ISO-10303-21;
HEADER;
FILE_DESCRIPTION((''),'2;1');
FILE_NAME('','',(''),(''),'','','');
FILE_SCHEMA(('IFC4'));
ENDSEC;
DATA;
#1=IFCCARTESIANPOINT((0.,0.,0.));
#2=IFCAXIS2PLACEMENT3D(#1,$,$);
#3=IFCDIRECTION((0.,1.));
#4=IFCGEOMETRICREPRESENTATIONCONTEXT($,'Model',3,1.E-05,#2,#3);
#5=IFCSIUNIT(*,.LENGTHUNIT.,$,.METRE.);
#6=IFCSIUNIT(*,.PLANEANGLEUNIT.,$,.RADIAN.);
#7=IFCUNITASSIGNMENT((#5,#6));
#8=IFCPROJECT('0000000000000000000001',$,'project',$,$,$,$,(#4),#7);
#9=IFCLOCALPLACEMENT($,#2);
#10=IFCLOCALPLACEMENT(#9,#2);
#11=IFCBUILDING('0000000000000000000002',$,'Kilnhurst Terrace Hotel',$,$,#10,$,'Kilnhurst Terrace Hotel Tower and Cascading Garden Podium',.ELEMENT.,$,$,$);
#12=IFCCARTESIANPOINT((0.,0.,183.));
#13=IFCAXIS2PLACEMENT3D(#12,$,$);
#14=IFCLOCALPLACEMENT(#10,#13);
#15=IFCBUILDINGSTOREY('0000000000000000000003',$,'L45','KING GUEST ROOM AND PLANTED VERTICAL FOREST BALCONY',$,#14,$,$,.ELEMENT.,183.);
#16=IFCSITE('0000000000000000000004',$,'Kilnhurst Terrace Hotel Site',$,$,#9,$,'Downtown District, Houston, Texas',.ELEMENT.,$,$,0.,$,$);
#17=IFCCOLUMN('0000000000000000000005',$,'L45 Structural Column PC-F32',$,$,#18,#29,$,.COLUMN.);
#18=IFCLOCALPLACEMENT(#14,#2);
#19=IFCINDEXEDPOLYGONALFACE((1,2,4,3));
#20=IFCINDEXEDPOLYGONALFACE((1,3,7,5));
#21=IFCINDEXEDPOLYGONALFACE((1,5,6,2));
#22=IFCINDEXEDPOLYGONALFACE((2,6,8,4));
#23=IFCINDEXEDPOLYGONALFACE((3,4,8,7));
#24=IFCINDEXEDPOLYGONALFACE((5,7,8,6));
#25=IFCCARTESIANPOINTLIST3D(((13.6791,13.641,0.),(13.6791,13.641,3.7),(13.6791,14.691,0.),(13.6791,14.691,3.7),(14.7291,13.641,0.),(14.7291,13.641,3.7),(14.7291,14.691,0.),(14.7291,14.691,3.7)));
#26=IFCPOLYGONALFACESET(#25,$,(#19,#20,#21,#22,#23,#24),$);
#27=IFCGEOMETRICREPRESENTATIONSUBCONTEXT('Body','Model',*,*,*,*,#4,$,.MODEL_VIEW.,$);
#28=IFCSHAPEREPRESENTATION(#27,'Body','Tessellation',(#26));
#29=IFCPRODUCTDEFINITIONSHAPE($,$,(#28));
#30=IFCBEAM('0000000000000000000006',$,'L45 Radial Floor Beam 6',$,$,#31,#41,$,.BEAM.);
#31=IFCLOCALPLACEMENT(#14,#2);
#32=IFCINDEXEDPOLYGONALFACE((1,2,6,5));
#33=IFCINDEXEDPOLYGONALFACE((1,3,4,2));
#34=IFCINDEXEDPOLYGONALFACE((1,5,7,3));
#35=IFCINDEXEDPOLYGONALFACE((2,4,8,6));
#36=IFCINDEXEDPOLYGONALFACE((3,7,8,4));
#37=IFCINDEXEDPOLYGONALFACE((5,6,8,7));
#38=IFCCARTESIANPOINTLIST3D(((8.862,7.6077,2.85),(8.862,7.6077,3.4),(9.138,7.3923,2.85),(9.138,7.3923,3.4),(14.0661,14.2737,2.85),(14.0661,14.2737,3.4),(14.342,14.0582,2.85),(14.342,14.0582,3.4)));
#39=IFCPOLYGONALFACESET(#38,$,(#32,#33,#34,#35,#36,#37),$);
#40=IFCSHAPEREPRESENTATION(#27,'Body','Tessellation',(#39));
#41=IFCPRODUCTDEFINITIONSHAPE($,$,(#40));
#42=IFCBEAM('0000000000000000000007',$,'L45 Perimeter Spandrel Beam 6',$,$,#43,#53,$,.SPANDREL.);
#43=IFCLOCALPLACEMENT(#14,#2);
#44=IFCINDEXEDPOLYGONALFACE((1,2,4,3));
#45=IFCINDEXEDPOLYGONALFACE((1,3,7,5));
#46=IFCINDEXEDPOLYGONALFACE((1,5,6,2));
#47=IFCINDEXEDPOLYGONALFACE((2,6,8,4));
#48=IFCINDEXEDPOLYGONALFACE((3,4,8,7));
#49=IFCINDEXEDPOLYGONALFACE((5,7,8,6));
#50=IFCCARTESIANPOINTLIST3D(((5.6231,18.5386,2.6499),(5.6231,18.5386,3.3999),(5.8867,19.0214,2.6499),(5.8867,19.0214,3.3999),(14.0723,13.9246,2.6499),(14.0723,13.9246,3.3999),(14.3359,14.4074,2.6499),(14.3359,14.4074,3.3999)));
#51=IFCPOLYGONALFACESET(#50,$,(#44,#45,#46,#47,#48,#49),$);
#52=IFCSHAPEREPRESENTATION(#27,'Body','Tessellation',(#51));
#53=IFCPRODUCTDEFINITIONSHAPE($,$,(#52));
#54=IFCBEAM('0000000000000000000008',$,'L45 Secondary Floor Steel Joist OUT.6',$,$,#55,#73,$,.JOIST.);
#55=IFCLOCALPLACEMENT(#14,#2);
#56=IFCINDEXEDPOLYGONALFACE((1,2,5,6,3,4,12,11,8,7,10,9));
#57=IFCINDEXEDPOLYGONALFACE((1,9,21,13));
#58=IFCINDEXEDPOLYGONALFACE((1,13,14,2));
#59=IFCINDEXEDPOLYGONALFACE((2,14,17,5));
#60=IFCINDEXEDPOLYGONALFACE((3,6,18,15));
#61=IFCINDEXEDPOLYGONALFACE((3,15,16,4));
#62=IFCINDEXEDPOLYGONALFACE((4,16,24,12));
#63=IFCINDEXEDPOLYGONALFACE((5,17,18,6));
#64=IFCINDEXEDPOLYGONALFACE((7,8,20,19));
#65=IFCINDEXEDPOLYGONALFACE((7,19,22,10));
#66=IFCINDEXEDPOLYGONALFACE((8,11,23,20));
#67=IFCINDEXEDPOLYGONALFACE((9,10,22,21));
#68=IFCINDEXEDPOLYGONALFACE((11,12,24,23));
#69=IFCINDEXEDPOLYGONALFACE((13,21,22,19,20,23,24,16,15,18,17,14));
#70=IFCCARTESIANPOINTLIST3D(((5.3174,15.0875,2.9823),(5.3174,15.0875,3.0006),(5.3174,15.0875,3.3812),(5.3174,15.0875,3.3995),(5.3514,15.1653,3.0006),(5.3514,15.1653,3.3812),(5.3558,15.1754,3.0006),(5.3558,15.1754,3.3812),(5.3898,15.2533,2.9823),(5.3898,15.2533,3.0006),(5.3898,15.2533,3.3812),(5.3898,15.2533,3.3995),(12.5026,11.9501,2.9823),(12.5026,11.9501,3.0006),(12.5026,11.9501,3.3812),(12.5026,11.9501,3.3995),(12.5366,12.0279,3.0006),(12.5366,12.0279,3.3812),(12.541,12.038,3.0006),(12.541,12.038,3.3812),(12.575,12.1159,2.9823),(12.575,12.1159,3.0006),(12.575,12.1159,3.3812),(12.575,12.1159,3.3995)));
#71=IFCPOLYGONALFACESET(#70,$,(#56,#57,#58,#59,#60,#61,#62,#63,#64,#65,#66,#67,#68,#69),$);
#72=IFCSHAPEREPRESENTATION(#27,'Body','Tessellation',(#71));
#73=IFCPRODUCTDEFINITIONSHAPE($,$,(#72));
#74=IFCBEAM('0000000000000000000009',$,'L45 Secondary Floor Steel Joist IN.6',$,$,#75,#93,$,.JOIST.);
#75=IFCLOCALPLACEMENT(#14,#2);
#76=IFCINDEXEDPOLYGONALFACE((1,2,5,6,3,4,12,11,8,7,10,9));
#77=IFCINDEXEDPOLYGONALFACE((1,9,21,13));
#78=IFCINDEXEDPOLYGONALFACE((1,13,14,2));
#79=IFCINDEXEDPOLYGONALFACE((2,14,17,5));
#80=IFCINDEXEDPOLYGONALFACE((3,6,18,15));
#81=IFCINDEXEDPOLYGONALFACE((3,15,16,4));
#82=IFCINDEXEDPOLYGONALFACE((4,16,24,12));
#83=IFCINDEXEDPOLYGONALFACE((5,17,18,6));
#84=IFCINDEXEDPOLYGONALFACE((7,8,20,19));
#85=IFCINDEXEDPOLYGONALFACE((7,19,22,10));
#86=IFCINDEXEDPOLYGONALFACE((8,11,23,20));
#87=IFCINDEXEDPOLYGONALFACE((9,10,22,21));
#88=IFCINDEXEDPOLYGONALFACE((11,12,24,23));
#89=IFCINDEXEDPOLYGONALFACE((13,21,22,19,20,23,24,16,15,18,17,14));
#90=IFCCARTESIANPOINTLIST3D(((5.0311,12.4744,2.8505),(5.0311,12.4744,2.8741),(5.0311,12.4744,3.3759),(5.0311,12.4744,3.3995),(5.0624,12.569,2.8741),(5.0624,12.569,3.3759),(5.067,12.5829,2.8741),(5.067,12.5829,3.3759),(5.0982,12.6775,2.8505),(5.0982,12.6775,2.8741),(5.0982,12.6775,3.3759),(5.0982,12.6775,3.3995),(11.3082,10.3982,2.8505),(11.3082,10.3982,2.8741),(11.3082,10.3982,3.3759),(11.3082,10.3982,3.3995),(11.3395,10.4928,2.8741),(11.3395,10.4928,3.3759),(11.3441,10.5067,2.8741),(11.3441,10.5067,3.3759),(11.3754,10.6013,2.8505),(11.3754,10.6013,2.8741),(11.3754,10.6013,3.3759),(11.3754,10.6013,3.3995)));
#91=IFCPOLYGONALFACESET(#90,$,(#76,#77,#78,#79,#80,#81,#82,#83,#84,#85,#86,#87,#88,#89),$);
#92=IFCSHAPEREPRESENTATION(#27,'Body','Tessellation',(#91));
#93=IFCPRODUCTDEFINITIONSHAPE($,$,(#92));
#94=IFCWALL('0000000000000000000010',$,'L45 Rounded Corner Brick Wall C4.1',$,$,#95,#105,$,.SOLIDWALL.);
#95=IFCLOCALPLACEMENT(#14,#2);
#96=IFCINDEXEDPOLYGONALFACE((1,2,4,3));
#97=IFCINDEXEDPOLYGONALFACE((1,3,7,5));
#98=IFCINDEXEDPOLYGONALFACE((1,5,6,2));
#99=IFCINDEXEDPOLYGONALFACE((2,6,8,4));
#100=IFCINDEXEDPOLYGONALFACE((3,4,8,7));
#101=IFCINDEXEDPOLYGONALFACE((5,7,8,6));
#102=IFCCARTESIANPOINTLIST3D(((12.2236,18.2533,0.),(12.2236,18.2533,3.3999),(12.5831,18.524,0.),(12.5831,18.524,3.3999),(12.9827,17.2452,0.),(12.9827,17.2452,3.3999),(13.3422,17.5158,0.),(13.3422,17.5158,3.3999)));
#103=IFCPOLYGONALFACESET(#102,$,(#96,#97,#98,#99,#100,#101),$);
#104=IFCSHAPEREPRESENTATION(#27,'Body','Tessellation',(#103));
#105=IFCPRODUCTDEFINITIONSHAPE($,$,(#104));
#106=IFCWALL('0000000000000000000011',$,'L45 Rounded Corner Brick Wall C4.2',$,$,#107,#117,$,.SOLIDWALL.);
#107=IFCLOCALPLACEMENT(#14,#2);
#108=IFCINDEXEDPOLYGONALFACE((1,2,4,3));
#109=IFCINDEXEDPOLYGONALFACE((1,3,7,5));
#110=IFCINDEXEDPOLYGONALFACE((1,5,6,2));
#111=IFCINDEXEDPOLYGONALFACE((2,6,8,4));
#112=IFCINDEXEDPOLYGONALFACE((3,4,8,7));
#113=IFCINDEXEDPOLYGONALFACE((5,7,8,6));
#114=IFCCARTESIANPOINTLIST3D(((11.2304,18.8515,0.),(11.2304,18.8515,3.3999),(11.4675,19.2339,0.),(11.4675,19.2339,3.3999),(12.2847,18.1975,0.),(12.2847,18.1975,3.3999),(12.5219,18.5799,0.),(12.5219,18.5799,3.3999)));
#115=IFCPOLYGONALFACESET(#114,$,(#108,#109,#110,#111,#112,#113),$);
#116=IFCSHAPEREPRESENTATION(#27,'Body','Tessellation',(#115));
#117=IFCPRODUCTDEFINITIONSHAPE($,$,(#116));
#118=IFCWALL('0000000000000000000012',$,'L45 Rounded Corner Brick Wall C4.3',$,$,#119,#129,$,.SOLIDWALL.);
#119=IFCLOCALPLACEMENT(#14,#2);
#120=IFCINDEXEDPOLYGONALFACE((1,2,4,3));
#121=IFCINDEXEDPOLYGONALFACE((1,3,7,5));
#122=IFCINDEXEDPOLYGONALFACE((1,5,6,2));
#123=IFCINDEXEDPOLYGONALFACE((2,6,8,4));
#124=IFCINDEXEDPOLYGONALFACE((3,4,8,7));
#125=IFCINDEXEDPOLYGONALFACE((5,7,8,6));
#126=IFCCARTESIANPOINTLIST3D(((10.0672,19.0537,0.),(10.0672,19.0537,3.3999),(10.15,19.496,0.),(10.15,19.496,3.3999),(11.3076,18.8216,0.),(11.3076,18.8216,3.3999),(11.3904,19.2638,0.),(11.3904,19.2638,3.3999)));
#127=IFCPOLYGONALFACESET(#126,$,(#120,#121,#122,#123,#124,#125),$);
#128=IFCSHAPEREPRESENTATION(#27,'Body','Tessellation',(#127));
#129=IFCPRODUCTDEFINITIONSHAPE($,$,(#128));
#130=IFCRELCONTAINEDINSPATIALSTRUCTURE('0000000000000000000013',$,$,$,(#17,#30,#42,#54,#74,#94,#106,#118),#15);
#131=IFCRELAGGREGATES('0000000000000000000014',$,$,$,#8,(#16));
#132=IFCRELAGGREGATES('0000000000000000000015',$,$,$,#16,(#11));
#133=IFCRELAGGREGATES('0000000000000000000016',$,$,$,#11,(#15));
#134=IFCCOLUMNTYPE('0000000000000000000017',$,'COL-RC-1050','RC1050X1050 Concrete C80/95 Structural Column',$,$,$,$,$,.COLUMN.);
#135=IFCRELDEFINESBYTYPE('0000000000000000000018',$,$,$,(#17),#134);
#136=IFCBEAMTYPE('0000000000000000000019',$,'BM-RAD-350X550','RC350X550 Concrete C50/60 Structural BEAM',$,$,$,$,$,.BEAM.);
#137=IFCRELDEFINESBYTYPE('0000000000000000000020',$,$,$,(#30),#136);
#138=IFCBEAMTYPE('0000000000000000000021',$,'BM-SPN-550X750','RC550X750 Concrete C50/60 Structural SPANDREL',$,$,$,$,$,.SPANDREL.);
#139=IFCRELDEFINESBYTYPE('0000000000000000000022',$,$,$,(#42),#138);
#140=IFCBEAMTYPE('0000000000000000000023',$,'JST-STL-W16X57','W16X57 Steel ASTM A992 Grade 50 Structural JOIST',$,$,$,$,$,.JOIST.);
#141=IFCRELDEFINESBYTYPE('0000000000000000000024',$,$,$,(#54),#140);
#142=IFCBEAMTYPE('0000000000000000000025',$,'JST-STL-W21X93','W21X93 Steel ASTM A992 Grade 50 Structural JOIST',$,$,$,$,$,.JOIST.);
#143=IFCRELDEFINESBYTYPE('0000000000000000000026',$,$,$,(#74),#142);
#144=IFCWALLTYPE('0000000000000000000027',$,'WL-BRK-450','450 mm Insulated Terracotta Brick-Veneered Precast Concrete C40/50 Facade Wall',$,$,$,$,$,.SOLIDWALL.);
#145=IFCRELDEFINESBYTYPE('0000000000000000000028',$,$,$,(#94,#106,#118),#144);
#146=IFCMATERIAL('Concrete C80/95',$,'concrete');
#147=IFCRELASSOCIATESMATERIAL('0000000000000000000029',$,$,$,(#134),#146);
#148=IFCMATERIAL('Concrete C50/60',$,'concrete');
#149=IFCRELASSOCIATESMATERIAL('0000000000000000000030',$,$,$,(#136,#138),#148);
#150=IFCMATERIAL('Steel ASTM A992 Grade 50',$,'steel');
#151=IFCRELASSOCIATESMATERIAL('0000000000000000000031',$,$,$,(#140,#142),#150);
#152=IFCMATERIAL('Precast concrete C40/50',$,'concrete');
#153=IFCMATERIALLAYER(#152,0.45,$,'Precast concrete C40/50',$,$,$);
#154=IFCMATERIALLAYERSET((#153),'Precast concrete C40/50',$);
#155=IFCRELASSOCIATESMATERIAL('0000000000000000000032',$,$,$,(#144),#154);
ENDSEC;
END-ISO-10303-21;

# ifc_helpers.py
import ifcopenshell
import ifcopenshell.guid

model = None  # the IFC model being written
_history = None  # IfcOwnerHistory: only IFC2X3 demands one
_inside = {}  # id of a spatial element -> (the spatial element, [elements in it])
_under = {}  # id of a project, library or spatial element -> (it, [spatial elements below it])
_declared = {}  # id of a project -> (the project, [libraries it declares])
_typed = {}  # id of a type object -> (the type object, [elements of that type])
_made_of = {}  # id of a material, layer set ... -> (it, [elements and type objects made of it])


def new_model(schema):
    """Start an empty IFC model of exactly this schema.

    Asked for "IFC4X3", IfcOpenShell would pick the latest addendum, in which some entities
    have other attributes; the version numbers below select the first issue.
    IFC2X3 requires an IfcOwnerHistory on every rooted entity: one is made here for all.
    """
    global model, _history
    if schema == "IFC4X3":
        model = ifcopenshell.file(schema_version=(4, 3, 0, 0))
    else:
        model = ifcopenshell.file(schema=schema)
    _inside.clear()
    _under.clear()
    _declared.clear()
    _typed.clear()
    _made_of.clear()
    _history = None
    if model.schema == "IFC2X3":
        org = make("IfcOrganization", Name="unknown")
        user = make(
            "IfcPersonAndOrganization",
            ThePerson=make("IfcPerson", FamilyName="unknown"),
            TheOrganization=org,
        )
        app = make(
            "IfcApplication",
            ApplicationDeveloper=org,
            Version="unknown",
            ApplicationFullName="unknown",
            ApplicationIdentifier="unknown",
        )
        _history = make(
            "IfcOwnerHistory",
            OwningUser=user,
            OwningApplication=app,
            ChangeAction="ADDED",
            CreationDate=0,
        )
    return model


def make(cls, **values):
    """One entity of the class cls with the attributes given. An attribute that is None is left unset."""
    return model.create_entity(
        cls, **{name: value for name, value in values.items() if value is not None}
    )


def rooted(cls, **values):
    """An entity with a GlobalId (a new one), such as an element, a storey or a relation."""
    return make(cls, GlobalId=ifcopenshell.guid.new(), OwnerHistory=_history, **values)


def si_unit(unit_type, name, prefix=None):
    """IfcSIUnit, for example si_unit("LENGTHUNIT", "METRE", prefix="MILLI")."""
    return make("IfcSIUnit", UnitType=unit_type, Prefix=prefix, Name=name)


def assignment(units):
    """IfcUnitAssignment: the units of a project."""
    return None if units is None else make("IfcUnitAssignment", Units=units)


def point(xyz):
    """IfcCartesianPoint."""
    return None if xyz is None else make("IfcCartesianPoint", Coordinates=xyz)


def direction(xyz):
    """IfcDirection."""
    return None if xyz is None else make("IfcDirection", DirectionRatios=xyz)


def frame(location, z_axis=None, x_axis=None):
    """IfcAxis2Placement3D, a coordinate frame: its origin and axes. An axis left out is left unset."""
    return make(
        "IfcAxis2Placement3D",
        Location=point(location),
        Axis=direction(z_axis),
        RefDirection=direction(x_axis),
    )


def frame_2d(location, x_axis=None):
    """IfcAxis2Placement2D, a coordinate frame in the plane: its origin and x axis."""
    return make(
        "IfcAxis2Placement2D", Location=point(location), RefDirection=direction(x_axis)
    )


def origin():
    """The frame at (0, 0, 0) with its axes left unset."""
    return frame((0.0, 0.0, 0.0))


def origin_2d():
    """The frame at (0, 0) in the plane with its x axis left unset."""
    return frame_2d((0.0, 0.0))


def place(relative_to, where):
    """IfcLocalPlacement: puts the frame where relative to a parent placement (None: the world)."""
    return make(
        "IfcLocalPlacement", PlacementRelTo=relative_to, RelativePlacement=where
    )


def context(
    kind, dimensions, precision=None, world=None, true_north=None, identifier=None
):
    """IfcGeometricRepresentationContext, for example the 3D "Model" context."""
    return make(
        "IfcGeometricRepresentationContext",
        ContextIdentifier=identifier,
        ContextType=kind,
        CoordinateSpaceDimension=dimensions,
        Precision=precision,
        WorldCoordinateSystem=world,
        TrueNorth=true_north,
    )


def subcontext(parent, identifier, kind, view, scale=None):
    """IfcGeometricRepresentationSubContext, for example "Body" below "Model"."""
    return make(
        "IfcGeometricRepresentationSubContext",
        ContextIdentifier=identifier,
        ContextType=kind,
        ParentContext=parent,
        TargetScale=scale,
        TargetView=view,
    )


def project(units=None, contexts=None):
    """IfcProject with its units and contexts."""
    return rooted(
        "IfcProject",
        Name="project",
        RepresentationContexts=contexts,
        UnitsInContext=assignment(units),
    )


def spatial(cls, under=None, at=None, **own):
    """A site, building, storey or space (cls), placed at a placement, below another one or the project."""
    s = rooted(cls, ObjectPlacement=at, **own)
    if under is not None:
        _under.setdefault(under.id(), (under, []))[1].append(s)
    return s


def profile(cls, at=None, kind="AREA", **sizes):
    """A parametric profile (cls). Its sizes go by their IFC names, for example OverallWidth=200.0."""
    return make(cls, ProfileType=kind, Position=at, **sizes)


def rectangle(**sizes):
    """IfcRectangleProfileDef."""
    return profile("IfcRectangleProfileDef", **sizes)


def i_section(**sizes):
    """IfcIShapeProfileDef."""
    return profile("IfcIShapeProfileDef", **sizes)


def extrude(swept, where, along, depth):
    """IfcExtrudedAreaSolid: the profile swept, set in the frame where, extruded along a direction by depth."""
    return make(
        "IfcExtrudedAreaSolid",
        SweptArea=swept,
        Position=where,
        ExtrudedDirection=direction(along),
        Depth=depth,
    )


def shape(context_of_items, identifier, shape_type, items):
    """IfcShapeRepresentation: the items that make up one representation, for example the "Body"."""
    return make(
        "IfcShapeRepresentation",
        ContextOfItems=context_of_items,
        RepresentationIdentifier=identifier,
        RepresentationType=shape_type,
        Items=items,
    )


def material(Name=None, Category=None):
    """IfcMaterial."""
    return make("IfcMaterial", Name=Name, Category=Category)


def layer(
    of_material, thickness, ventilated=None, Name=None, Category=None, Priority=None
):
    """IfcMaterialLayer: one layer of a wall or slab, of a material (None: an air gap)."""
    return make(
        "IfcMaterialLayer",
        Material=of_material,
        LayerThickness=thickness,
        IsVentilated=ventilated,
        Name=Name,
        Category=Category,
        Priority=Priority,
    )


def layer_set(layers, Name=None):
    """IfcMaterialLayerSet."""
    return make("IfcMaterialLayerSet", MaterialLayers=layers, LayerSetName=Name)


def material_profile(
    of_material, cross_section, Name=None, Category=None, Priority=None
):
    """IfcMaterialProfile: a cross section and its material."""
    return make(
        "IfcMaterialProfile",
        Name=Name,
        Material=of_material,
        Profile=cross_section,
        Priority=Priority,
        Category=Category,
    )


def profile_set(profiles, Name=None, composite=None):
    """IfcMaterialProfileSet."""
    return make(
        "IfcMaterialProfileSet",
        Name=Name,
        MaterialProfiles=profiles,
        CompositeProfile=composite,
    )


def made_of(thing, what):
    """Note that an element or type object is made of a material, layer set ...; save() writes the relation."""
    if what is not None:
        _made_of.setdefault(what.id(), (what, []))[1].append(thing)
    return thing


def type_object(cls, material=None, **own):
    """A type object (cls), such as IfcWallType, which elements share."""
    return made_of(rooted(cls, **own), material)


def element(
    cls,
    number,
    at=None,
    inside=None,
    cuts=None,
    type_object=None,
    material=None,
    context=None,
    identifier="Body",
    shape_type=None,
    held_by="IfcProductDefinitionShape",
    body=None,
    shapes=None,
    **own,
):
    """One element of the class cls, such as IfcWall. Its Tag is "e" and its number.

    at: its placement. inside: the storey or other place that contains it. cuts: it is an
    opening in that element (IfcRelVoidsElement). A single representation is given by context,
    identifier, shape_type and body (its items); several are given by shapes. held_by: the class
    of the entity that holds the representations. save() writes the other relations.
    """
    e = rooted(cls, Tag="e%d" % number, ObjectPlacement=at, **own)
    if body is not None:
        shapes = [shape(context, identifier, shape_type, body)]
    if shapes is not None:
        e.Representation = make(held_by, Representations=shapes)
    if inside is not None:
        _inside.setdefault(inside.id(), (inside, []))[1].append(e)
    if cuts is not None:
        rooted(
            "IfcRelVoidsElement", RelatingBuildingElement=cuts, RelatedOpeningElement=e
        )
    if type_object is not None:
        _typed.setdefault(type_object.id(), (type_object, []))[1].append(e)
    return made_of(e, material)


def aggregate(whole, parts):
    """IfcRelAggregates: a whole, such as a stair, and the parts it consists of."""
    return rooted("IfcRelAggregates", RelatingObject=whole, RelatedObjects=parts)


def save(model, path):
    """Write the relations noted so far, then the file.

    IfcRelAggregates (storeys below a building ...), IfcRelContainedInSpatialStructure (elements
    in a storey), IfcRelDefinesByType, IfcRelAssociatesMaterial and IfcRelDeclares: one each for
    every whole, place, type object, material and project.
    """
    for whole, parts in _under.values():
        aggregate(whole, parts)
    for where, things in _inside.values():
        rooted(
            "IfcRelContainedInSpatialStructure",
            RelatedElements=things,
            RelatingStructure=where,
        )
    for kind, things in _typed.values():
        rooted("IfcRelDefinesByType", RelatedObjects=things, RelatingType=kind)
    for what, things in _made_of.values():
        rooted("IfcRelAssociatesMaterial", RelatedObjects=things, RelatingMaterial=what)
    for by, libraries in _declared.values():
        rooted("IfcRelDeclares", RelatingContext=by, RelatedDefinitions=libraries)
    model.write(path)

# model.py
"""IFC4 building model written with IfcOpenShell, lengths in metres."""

from ifc_helpers import new_model, si_unit, direction, frame, frame_2d, origin, origin_2d, place, context, subcontext, project, spatial, rectangle, i_section, extrude, material, layer, layer_set, material_profile, profile_set, type_object, element, save


model = new_model("IFC4")

# Units and contexts
model_context = context("Model", 3, precision=1e-05, world=origin(), true_north=direction((0.0, 1.0)))
body_context = subcontext(model_context, "Body", "Model", "MODEL_VIEW")
ifc_project = project(units=[si_unit("LENGTHUNIT", "METRE"), si_unit("PLANEANGLEUNIT", "RADIAN")], contexts=[model_context])

# Site, building, storey
site_placement = place(None, origin())
site = spatial("IfcSite", under=ifc_project, at=site_placement, Name="Kilnhurst Terrace Hotel Site", LongName="Downtown District, Houston, Texas", CompositionType="ELEMENT", RefElevation=0.0)
building_placement = place(site_placement, origin())
building = spatial("IfcBuilding", under=site, at=building_placement, Name="Kilnhurst Terrace Hotel", LongName="Kilnhurst Terrace Hotel Tower and Cascading Garden Podium", CompositionType="ELEMENT")
storey_placement = place(building_placement, frame((0.0, 0.0, 183.0)))
storey = spatial("IfcBuildingStorey", under=building, at=storey_placement, Name="L45", Description="KING GUEST ROOM AND PLANTED VERTICAL FOREST BALCONY", CompositionType="ELEMENT", Elevation=183.0)

# Column
ifc_material_1 = material(Name="Concrete C80/95", Category="concrete")
ifc_material_profile_1 = material_profile(ifc_material_1, rectangle(XDim=1.05, YDim=1.05, at=origin_2d()), Name="RC1050X1050")
ifc_profile_set_1 = profile_set([ifc_material_profile_1], Name="Concrete C80/95")
column_type = type_object("IfcColumnType", Name="COL-RC-1050", Description="RC1050X1050 Concrete C80/95 Structural Column", PredefinedType="COLUMN", material=ifc_profile_set_1)
column_placement = place(storey_placement, frame((14.2041, 14.166, 0.0), z_axis=(0.0, 0.0, 1.0), x_axis=(1.0, 0.0, 0.0)))
element("IfcColumn", 1, at=column_placement, inside=storey, type_object=column_type, Name="L45 Structural Column PC-F32", PredefinedType="COLUMN", context=body_context, shape_type="SweptSolid", body=[
    extrude(rectangle(XDim=1.05, YDim=1.05, at=origin_2d()), origin(), (0.0, 0.0, 1.0), 3.7),
])

# Beams
ifc_material_2 = material(Name="Concrete C50/60", Category="concrete")
ifc_material_profile_2 = material_profile(ifc_material_2, rectangle(XDim=0.3501, YDim=0.55, at=origin_2d()), Name="RC350X550")
ifc_profile_set_2 = profile_set([ifc_material_profile_2], Name="Concrete C50/60")
beam_type_1 = type_object("IfcBeamType", Name="BM-RAD-350X550", Description="RC350X550 Concrete C50/60 Structural BEAM", PredefinedType="BEAM", material=ifc_profile_set_2)
beam_1_placement = place(storey_placement, frame((9.0, 7.5, 3.125), z_axis=(0.615371, 0.788238, 0.0), x_axis=(-0.788238, 0.615371, 0.0)))
element("IfcBeam", 2, at=beam_1_placement, inside=storey, type_object=beam_type_1, Name="L45 Radial Floor Beam 6", PredefinedType="BEAM", context=body_context, shape_type="SweptSolid", body=[
    extrude(rectangle(XDim=0.3501, YDim=0.55, at=origin_2d()), origin(), (0.0, 0.0, 1.0), 8.4568),
])
ifc_material_profile_3 = material_profile(ifc_material_2, rectangle(XDim=0.55, YDim=0.75, at=origin_2d()), Name="RC550X750")
ifc_profile_set_3 = profile_set([ifc_material_profile_3], Name="Concrete C50/60")
beam_type_2 = type_object("IfcBeamType", Name="BM-SPN-550X750", Description="RC550X750 Concrete C50/60 Structural SPANDREL", PredefinedType="SPANDREL", material=ifc_profile_set_3)
beam_2_placement = place(storey_placement, frame((14.2041, 14.166, 3.0249), z_axis=(-0.877662, 0.47928, 0.0), x_axis=(-0.47928, -0.877662, 0.0)))
element("IfcBeam", 3, at=beam_2_placement, inside=storey, type_object=beam_type_2, Name="L45 Perimeter Spandrel Beam 6", PredefinedType="SPANDREL", context=body_context, shape_type="SweptSolid", body=[
    extrude(rectangle(XDim=0.55, YDim=0.75, at=origin_2d()), origin(), (0.0, 0.0, 1.0), 9.627),
])
ifc_material_3 = material(Name="Steel ASTM A992 Grade 50", Category="steel")
ifc_material_profile_4 = material_profile(ifc_material_3, i_section(OverallWidth=0.1809, OverallDepth=0.4172, WebThickness=0.011, FlangeThickness=0.0183, at=origin_2d()), Name="W16X57")
ifc_profile_set_4 = profile_set([ifc_material_profile_4], Name="Steel ASTM A992 Grade 50")
beam_type_3 = type_object("IfcBeamType", Name="JST-STL-W16X57", Description="W16X57 Steel ASTM A992 Grade 50 Structural JOIST", PredefinedType="JOIST", material=ifc_profile_set_4)
beam_3_placement = place(storey_placement, frame((12.5388, 12.033, 3.1909), z_axis=(-0.916444, 0.400164, 0.0), x_axis=(-0.400164, -0.916444, 0.0)))
element("IfcBeam", 4, at=beam_3_placement, inside=storey, type_object=beam_type_3, Name="L45 Secondary Floor Steel Joist OUT.6", PredefinedType="JOIST", context=body_context, shape_type="SweptSolid", body=[
    extrude(i_section(OverallWidth=0.1809, OverallDepth=0.4172, WebThickness=0.011, FlangeThickness=0.0183, at=origin_2d()), origin(), (0.0, 0.0, 1.0), 7.8403),
])
ifc_material_profile_5 = material_profile(ifc_material_3, i_section(OverallWidth=0.2139, OverallDepth=0.5491, WebThickness=0.0146, FlangeThickness=0.0237, at=origin_2d()), Name="W21X93")
ifc_profile_set_5 = profile_set([ifc_material_profile_5], Name="Steel ASTM A992 Grade 50")
beam_type_4 = type_object("IfcBeamType", Name="JST-STL-W21X93", Description="W21X93 Steel ASTM A992 Grade 50 Structural JOIST", PredefinedType="JOIST", material=ifc_profile_set_5)
beam_4_placement = place(storey_placement, frame((11.3418, 10.4998, 3.125), z_axis=(-0.949416, 0.314022, 0.0), x_axis=(-0.314022, -0.949416, 0.0)))
element("IfcBeam", 5, at=beam_4_placement, inside=storey, type_object=beam_type_4, Name="L45 Secondary Floor Steel Joist IN.6", PredefinedType="JOIST", context=body_context, shape_type="SweptSolid", body=[
    extrude(i_section(OverallWidth=0.2139, OverallDepth=0.5491, WebThickness=0.0146, FlangeThickness=0.0237, at=origin_2d()), origin(), (0.0, 0.0, 1.0), 6.6116),
])

# Walls
ifc_material_4 = material(Name="Precast concrete C40/50", Category="concrete")
ifc_layer_1 = layer(ifc_material_4, 0.45, Name="Precast concrete C40/50")
ifc_layer_set_1 = layer_set([ifc_layer_1], Name="Precast concrete C40/50")
wall_type_1 = type_object("IfcWallType", Name="WL-BRK-450", Description="450 mm Insulated Terracotta Brick-Veneered Precast Concrete C40/50 Facade Wall", PredefinedType="SOLIDWALL", material=ifc_layer_set_1)
wall_1_placement = place(storey_placement, frame((13.1624, 17.3806, 0.0), z_axis=(0.0, 0.0, 1.0), x_axis=(-0.601516, 0.798861, 0.0)))
element("IfcWall", 6, at=wall_1_placement, inside=storey, type_object=wall_type_1, Name="L45 Rounded Corner Brick Wall C4.1", PredefinedType="SOLIDWALL", context=body_context, shape_type="SweptSolid", body=[
    extrude(rectangle(XDim=1.262, YDim=0.45, at=frame_2d((0.6309, 0.0))), origin(), (0.0, 0.0, 1.0), 3.3999),
])
wall_2_placement = place(storey_placement, frame((12.4033, 18.3887, 0.0), z_axis=(0.0, 0.0, 1.0), x_axis=(-0.849795, 0.527113, 0.0)))
element("IfcWall", 7, at=wall_2_placement, inside=storey, type_object=wall_type_1, Name="L45 Rounded Corner Brick Wall C4.2", PredefinedType="SOLIDWALL", context=body_context, shape_type="SweptSolid", body=[
    extrude(rectangle(XDim=1.2407, YDim=0.45, at=frame_2d((0.6204, 0.0))), origin(), (0.0, 0.0, 1.0), 3.3999),
])
wall_3_placement = place(storey_placement, frame((11.3489, 19.0427, 0.0), z_axis=(0.0, 0.0, 1.0), x_axis=(-0.982931, 0.183973, 0.0)))
element("IfcWall", 8, at=wall_3_placement, inside=storey, type_object=wall_type_1, Name="L45 Rounded Corner Brick Wall C4.3", PredefinedType="SOLIDWALL", context=body_context, shape_type="SweptSolid", body=[
    extrude(rectangle(XDim=1.262, YDim=0.45, at=frame_2d((0.6309, 0.0))), origin(), (0.0, 0.0, 1.0), 3.3999),
])

save(model, "model.ifc")
